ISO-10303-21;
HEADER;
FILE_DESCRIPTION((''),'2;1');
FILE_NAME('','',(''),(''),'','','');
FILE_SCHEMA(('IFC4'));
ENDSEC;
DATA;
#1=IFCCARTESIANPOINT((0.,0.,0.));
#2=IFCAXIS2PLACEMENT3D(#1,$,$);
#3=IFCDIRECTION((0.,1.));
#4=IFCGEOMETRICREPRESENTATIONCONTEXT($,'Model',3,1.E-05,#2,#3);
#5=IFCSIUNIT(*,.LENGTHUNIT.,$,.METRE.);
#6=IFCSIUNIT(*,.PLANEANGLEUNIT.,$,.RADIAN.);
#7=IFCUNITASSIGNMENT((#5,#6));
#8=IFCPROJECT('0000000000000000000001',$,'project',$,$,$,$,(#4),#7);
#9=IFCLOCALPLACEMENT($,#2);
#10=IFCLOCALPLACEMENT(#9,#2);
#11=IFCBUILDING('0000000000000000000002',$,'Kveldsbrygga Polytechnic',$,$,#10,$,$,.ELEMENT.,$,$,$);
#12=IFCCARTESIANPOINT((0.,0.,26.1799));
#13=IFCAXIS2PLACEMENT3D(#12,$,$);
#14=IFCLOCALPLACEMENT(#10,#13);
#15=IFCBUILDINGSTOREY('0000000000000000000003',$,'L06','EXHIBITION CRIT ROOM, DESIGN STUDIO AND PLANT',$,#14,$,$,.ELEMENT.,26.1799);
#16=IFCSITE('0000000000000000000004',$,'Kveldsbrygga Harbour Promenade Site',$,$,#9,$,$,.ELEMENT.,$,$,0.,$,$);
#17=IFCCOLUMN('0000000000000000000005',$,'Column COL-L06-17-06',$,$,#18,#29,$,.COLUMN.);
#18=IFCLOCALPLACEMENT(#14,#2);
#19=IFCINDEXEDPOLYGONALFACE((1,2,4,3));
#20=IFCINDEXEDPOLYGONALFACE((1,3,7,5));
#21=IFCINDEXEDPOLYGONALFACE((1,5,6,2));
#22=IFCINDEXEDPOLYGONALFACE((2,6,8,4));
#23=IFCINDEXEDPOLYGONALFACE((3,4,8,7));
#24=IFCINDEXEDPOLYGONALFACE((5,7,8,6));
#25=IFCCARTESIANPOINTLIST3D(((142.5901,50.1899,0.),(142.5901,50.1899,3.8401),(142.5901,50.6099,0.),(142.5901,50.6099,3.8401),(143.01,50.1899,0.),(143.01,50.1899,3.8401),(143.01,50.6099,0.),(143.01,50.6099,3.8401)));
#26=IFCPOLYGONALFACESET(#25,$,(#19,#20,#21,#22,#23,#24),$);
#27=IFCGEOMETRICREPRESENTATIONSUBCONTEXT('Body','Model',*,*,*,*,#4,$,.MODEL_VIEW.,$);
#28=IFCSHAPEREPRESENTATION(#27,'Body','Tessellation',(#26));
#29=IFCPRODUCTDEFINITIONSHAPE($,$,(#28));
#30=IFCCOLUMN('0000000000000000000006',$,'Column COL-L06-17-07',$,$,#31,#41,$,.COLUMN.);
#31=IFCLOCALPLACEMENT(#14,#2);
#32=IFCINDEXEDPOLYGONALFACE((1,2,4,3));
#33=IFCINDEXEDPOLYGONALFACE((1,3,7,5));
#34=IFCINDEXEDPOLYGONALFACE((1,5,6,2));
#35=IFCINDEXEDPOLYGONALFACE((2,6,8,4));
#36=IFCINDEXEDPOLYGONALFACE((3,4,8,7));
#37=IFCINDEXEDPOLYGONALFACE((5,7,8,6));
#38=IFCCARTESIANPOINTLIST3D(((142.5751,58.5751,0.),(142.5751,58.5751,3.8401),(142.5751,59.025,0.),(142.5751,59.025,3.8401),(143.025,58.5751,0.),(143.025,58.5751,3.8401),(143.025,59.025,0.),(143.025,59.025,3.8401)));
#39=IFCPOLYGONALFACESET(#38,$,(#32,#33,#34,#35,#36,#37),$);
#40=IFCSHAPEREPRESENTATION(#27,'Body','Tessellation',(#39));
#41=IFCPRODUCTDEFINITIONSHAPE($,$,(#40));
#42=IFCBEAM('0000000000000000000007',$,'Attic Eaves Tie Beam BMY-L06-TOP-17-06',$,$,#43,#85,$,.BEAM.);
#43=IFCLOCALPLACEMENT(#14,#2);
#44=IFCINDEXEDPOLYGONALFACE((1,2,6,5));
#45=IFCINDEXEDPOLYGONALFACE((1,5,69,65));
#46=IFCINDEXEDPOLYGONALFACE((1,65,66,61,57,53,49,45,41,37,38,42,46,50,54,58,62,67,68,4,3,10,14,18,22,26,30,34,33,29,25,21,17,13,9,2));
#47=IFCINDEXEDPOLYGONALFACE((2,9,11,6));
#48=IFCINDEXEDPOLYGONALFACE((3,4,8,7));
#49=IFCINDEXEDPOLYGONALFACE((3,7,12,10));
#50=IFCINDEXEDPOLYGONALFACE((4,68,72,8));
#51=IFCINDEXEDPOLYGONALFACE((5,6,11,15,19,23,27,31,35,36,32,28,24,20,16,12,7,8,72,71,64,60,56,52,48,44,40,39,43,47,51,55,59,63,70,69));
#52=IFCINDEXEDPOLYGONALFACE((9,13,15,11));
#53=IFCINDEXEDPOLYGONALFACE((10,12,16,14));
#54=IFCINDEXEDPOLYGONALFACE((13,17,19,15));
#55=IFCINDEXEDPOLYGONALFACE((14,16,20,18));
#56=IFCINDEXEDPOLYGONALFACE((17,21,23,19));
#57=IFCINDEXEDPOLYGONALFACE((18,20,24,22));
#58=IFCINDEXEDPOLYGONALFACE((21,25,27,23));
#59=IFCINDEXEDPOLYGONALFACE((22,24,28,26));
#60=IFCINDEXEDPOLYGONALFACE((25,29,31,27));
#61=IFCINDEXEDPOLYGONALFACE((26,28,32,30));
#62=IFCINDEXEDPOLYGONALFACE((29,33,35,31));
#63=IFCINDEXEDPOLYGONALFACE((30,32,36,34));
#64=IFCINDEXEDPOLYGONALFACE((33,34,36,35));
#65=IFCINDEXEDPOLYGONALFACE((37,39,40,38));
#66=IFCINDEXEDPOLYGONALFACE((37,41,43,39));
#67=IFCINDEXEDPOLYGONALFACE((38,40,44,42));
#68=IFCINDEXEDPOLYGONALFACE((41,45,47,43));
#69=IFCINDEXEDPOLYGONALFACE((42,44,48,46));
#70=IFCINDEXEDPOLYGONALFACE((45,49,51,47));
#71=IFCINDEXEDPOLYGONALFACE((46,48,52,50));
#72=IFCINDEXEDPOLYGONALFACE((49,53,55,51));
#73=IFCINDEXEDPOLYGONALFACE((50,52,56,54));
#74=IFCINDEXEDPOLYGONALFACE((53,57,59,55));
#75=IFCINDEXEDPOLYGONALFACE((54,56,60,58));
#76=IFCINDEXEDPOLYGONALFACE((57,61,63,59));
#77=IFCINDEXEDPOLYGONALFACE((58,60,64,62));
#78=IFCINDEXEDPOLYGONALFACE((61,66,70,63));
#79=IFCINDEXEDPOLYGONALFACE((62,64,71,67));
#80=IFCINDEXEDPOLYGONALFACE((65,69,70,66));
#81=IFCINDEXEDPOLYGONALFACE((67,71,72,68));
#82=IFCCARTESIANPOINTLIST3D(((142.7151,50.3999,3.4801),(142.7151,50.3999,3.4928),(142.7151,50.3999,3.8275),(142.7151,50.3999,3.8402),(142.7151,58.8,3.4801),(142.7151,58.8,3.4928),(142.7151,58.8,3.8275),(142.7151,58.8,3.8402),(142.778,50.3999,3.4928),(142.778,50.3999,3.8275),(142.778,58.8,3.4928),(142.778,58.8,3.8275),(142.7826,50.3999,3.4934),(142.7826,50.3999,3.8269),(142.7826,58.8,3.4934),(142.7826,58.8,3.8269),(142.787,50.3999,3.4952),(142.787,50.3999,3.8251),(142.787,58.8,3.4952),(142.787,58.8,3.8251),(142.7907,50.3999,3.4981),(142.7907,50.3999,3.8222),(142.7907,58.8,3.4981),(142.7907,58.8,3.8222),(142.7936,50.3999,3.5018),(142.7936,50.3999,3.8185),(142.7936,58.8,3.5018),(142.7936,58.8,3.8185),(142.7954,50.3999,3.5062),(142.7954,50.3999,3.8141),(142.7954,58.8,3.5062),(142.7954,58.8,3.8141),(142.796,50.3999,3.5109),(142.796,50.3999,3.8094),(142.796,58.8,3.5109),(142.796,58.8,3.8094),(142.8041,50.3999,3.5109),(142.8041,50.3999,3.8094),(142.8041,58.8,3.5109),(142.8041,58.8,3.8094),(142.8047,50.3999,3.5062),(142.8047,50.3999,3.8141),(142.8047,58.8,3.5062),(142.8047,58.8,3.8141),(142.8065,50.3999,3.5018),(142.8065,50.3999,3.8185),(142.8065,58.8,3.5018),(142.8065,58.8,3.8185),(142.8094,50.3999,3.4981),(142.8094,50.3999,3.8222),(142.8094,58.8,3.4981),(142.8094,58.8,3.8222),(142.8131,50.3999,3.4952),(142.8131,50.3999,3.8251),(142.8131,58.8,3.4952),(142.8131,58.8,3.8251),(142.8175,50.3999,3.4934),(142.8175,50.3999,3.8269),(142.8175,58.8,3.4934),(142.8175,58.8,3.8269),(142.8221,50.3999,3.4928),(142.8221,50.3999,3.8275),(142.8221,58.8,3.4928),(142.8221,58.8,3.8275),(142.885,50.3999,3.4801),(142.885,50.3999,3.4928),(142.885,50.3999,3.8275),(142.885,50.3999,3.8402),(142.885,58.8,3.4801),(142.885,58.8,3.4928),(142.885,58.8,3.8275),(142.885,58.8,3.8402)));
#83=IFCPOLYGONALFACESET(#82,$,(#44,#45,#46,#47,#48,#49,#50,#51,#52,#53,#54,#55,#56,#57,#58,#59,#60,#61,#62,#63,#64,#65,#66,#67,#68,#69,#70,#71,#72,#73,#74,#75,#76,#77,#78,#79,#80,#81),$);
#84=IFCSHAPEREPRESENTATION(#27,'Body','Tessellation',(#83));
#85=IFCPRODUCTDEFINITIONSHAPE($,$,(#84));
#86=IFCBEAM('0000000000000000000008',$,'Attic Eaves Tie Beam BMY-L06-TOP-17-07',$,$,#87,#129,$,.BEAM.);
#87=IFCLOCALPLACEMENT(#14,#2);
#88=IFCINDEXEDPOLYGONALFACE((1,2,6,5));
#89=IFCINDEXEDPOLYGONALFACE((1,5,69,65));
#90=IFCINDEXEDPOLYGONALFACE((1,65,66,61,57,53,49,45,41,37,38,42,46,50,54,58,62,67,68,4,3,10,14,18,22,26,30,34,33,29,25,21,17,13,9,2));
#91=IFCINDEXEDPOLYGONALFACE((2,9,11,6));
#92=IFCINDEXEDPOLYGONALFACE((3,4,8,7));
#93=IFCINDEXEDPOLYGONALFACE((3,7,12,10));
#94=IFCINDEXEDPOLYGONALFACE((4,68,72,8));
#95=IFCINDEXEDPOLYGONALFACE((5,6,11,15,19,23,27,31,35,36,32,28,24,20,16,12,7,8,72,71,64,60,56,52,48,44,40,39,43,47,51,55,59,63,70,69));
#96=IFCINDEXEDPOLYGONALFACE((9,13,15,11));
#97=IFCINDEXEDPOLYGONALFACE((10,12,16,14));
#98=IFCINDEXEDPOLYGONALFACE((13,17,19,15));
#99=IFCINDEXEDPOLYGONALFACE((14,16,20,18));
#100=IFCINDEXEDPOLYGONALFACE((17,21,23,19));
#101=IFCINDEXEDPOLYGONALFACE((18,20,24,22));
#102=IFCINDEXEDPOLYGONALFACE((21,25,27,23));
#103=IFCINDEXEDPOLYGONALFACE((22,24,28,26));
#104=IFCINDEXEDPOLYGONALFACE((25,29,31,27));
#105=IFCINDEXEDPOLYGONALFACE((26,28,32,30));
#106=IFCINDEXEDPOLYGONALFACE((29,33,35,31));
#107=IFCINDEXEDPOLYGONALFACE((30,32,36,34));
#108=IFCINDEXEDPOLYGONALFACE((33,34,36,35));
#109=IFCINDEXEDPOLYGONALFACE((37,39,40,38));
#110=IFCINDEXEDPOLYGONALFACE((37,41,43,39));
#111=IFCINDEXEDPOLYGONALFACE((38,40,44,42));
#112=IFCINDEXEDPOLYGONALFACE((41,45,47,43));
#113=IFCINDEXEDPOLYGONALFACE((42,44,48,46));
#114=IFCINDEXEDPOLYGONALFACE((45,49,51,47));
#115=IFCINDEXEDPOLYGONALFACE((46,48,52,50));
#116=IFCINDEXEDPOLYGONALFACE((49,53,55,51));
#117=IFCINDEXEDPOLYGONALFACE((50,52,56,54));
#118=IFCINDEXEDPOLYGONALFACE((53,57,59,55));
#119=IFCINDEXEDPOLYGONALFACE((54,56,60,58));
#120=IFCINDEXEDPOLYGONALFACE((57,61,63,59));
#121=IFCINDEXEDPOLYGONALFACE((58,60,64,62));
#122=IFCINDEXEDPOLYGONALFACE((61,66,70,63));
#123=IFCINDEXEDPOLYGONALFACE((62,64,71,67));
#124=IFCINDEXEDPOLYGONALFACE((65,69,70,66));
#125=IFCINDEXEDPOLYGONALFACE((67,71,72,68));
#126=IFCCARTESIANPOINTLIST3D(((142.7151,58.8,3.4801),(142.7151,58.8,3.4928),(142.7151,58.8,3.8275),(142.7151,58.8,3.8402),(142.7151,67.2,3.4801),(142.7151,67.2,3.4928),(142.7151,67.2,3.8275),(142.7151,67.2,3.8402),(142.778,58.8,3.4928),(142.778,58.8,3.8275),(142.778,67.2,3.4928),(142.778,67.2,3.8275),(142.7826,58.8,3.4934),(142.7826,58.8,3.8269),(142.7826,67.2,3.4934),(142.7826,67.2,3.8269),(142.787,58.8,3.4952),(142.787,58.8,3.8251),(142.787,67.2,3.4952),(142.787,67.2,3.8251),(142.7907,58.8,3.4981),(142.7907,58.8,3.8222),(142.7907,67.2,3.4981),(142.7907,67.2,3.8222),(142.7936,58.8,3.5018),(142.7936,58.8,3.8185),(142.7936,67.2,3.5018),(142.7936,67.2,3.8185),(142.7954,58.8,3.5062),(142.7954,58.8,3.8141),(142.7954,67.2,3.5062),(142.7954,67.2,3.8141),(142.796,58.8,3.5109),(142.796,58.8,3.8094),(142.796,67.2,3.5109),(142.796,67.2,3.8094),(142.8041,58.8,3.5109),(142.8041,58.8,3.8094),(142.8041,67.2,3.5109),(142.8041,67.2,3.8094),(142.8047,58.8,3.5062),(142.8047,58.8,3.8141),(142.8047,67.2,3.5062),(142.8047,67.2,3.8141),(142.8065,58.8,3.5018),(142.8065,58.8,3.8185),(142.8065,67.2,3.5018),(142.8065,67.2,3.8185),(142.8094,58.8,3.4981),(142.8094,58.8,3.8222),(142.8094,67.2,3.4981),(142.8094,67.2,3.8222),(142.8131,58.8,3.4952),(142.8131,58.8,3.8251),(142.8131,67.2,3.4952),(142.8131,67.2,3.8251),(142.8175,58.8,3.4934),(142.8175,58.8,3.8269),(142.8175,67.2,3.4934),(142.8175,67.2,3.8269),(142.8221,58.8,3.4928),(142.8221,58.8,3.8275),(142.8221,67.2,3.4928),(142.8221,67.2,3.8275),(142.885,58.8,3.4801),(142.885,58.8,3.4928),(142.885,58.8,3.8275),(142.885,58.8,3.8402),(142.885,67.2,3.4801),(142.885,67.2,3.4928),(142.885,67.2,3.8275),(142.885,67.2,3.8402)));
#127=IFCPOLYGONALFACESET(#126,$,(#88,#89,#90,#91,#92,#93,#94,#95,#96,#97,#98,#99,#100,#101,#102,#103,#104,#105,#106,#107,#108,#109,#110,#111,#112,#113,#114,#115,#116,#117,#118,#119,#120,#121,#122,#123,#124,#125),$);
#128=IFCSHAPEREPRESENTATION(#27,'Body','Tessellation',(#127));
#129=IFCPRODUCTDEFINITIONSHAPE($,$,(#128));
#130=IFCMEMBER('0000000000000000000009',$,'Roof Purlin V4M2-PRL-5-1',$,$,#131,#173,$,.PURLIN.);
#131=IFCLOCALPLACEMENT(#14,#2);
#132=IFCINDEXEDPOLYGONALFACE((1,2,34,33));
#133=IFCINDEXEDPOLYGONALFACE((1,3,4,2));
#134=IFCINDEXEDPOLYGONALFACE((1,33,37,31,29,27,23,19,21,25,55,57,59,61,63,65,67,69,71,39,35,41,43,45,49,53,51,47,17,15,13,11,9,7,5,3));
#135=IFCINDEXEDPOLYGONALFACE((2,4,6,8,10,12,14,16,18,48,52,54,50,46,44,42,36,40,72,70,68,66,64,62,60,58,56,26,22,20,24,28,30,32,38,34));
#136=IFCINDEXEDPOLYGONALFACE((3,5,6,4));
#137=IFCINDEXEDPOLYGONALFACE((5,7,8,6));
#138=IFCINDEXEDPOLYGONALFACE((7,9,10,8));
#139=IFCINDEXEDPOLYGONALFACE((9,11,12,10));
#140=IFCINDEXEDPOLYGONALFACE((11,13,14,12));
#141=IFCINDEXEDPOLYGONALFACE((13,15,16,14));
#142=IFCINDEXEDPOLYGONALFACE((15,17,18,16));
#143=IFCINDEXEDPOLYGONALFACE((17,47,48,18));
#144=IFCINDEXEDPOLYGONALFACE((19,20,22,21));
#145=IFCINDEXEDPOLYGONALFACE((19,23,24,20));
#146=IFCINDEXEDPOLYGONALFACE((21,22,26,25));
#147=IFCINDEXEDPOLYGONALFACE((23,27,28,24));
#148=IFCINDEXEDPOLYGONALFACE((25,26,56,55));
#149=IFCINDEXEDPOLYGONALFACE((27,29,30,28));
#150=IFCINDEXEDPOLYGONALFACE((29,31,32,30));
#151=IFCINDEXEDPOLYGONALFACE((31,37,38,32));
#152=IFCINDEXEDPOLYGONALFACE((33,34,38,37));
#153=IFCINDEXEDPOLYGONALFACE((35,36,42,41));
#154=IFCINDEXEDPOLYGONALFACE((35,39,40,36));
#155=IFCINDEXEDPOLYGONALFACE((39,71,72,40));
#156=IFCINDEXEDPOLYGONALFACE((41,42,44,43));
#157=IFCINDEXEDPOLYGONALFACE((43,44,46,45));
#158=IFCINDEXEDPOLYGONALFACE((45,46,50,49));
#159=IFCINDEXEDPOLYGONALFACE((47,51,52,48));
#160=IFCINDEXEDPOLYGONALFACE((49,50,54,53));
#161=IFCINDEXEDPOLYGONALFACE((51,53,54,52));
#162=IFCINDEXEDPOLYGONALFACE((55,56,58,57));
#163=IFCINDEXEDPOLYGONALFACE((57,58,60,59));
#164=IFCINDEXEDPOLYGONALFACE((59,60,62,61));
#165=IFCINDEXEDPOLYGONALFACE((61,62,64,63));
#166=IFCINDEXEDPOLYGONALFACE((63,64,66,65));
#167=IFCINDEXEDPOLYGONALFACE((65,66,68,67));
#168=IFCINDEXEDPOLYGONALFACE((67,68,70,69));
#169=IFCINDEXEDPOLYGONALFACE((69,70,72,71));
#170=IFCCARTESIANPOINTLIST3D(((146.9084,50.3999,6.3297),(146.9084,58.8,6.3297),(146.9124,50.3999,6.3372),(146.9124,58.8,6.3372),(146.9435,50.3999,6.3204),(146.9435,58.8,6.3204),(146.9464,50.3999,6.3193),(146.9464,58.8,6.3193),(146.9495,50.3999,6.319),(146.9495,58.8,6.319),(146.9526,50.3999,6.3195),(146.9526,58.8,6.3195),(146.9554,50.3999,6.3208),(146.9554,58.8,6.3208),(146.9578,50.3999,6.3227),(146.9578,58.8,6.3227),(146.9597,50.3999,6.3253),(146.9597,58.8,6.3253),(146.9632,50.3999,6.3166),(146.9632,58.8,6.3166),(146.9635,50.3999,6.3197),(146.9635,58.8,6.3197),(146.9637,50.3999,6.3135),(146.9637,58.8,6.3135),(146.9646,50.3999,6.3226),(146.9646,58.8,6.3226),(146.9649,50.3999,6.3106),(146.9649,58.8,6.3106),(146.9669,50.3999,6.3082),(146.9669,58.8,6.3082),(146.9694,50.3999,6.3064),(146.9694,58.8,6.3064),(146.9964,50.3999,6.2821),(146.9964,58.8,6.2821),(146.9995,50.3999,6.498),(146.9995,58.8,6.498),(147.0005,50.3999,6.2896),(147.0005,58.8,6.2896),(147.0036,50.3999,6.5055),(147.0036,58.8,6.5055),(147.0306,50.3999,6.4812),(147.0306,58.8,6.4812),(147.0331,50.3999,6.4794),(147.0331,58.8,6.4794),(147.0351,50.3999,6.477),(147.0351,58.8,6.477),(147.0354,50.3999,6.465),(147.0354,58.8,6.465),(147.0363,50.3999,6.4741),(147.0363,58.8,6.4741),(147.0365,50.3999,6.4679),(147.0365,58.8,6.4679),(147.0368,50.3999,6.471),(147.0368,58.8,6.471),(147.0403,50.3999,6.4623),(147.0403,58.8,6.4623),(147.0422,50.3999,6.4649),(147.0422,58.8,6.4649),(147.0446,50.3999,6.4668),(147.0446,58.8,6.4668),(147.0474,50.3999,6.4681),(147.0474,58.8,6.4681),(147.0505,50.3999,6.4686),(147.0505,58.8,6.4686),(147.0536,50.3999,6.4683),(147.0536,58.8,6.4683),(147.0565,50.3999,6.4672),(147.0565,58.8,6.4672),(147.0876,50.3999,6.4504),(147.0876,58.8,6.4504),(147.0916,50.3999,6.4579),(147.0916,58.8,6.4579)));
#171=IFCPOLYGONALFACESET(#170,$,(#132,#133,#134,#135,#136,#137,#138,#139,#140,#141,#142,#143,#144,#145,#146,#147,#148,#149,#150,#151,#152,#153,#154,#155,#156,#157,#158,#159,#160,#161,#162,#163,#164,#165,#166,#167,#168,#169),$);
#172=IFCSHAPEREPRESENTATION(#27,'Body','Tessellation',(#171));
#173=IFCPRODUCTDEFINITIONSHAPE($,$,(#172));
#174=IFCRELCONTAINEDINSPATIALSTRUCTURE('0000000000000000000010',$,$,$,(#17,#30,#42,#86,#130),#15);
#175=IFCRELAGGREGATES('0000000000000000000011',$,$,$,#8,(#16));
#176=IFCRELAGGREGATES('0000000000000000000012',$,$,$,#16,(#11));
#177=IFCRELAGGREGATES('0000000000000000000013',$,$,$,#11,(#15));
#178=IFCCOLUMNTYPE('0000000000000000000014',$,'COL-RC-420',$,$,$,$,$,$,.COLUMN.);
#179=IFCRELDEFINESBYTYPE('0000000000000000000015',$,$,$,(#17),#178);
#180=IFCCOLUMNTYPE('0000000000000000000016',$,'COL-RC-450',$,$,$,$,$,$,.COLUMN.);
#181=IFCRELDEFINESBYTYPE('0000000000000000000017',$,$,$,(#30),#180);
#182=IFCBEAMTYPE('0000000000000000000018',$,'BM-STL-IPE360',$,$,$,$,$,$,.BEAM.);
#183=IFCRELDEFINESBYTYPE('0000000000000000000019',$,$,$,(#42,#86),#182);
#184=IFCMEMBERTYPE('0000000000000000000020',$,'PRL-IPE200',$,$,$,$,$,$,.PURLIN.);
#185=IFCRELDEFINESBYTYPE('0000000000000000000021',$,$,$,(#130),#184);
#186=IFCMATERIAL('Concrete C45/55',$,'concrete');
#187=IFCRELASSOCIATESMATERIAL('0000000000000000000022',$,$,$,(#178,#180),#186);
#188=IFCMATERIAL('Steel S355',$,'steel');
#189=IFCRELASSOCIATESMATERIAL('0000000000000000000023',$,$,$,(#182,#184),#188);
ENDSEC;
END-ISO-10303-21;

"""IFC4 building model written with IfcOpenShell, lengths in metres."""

from ifc_helpers import new_model, si_unit, direction, frame, origin, origin_2d, place, context, subcontext, project, spatial, rectangle, i_section, extrude, material, material_profile, profile_set, type_object, element, save


model = new_model("IFC4")

# Units and contexts
model_context = context("Model", 3, precision=1e-05, world=origin(), true_north=direction((0.0, 1.0)))
body_context = subcontext(model_context, "Body", "Model", "MODEL_VIEW")
ifc_project = project(units=[si_unit("LENGTHUNIT", "METRE"), si_unit("PLANEANGLEUNIT", "RADIAN")], contexts=[model_context])

# Site, building, storey
site_placement = place(None, origin())
site = spatial("IfcSite", under=ifc_project, at=site_placement, Name="Kveldsbrygga Harbour Promenade Site", CompositionType="ELEMENT", RefElevation=0.0)
building_placement = place(site_placement, origin())
building = spatial("IfcBuilding", under=site, at=building_placement, Name="Kveldsbrygga Polytechnic", CompositionType="ELEMENT")
storey_placement = place(building_placement, frame((0.0, 0.0, 26.1799)))
storey = spatial("IfcBuildingStorey", under=building, at=storey_placement, Name="L06", Description="EXHIBITION CRIT ROOM, DESIGN STUDIO AND PLANT", CompositionType="ELEMENT", Elevation=26.1799)

# Columns
ifc_material_1 = material(Name="Concrete C45/55", Category="concrete")
ifc_material_profile_1 = material_profile(ifc_material_1, rectangle(XDim=0.4199, YDim=0.4199, at=origin_2d()), Name="RC 420x420")
ifc_profile_set_1 = profile_set([ifc_material_profile_1], Name="Concrete C45/55")
column_type_1 = type_object("IfcColumnType", Name="COL-RC-420", PredefinedType="COLUMN", material=ifc_profile_set_1)
column_1_placement = place(storey_placement, frame((142.8, 50.3999, 0.0), z_axis=(0.0, 0.0, 1.0), x_axis=(1.0, 0.0, 0.0)))
element("IfcColumn", 1, at=column_1_placement, inside=storey, type_object=column_type_1, Name="Column COL-L06-17-06", PredefinedType="COLUMN", context=body_context, shape_type="SweptSolid", body=[
    extrude(rectangle(XDim=0.4199, YDim=0.4199, at=origin_2d()), origin(), (0.0, 0.0, 1.0), 3.8401),
])
ifc_material_profile_2 = material_profile(ifc_material_1, rectangle(XDim=0.45, YDim=0.45, at=origin_2d()), Name="RC 450x450")
ifc_profile_set_2 = profile_set([ifc_material_profile_2], Name="Concrete C45/55")
column_type_2 = type_object("IfcColumnType", Name="COL-RC-450", PredefinedType="COLUMN", material=ifc_profile_set_2)
column_2_placement = place(storey_placement, frame((142.8, 58.8, 0.0), z_axis=(0.0, 0.0, 1.0), x_axis=(1.0, 0.0, 0.0)))
element("IfcColumn", 2, at=column_2_placement, inside=storey, type_object=column_type_2, Name="Column COL-L06-17-07", PredefinedType="COLUMN", context=body_context, shape_type="SweptSolid", body=[
    extrude(rectangle(XDim=0.45, YDim=0.45, at=origin_2d()), origin(), (0.0, 0.0, 1.0), 3.8401),
])

# Beams
ifc_material_2 = material(Name="Steel S355", Category="steel")
ifc_material_profile_3 = material_profile(ifc_material_2, i_section(OverallWidth=0.1699, OverallDepth=0.3601, WebThickness=0.0081, FlangeThickness=0.0127, FilletRadius=0.0181, at=origin_2d()), Name="IPE 360")
ifc_profile_set_3 = profile_set([ifc_material_profile_3], Name="Steel S355")
beam_type = type_object("IfcBeamType", Name="BM-STL-IPE360", PredefinedType="BEAM", material=ifc_profile_set_3)
beam_1_placement = place(storey_placement, frame((142.8, 50.3999, 3.6602), z_axis=(0.0, 1.0, 0.0), x_axis=(-1.0, 0.0, 0.0)))
element("IfcBeam", 3, at=beam_1_placement, inside=storey, type_object=beam_type, Name="Attic Eaves Tie Beam BMY-L06-TOP-17-06", PredefinedType="BEAM", context=body_context, shape_type="SweptSolid", body=[
    extrude(i_section(OverallWidth=0.1699, OverallDepth=0.3601, WebThickness=0.0081, FlangeThickness=0.0127, FilletRadius=0.0181, at=origin_2d()), origin(), (0.0, 0.0, 1.0), 8.4001),
])
beam_2_placement = place(storey_placement, frame((142.8, 58.8, 3.6602), z_axis=(0.0, 1.0, 0.0), x_axis=(-1.0, 0.0, 0.0)))
element("IfcBeam", 4, at=beam_2_placement, inside=storey, type_object=beam_type, Name="Attic Eaves Tie Beam BMY-L06-TOP-17-07", PredefinedType="BEAM", context=body_context, shape_type="SweptSolid", body=[
    extrude(i_section(OverallWidth=0.1699, OverallDepth=0.3601, WebThickness=0.0081, FlangeThickness=0.0127, FilletRadius=0.0181, at=origin_2d()), origin(), (0.0, 0.0, 1.0), 8.3999),
])

# Member
ifc_material_profile_4 = material_profile(ifc_material_2, i_section(OverallWidth=0.1001, OverallDepth=0.2, WebThickness=0.0056, FlangeThickness=0.0085, FilletRadius=0.012, at=origin_2d()), Name="IPE 200")
ifc_profile_set_4 = profile_set([ifc_material_profile_4], Name="Steel S355")
member_type_1 = type_object("IfcMemberType", Name="PRL-IPE200", PredefinedType="PURLIN", material=ifc_profile_set_4)
member_1_placement = place(storey_placement, frame((147.0, 50.3999, 6.3938), z_axis=(0.0, 1.0, 0.0), x_axis=(-0.879292, 0.0, 0.476283)))
element("IfcMember", 5, at=member_1_placement, inside=storey, type_object=member_type_1, Name="Roof Purlin V4M2-PRL-5-1", PredefinedType="PURLIN", context=body_context, shape_type="SweptSolid", body=[
    extrude(i_section(OverallWidth=0.1001, OverallDepth=0.2, WebThickness=0.0056, FlangeThickness=0.0085, FilletRadius=0.012, at=origin_2d()), origin(), (0.0, 0.0, 1.0), 8.4001),
])

save(model, "model.ifc")
